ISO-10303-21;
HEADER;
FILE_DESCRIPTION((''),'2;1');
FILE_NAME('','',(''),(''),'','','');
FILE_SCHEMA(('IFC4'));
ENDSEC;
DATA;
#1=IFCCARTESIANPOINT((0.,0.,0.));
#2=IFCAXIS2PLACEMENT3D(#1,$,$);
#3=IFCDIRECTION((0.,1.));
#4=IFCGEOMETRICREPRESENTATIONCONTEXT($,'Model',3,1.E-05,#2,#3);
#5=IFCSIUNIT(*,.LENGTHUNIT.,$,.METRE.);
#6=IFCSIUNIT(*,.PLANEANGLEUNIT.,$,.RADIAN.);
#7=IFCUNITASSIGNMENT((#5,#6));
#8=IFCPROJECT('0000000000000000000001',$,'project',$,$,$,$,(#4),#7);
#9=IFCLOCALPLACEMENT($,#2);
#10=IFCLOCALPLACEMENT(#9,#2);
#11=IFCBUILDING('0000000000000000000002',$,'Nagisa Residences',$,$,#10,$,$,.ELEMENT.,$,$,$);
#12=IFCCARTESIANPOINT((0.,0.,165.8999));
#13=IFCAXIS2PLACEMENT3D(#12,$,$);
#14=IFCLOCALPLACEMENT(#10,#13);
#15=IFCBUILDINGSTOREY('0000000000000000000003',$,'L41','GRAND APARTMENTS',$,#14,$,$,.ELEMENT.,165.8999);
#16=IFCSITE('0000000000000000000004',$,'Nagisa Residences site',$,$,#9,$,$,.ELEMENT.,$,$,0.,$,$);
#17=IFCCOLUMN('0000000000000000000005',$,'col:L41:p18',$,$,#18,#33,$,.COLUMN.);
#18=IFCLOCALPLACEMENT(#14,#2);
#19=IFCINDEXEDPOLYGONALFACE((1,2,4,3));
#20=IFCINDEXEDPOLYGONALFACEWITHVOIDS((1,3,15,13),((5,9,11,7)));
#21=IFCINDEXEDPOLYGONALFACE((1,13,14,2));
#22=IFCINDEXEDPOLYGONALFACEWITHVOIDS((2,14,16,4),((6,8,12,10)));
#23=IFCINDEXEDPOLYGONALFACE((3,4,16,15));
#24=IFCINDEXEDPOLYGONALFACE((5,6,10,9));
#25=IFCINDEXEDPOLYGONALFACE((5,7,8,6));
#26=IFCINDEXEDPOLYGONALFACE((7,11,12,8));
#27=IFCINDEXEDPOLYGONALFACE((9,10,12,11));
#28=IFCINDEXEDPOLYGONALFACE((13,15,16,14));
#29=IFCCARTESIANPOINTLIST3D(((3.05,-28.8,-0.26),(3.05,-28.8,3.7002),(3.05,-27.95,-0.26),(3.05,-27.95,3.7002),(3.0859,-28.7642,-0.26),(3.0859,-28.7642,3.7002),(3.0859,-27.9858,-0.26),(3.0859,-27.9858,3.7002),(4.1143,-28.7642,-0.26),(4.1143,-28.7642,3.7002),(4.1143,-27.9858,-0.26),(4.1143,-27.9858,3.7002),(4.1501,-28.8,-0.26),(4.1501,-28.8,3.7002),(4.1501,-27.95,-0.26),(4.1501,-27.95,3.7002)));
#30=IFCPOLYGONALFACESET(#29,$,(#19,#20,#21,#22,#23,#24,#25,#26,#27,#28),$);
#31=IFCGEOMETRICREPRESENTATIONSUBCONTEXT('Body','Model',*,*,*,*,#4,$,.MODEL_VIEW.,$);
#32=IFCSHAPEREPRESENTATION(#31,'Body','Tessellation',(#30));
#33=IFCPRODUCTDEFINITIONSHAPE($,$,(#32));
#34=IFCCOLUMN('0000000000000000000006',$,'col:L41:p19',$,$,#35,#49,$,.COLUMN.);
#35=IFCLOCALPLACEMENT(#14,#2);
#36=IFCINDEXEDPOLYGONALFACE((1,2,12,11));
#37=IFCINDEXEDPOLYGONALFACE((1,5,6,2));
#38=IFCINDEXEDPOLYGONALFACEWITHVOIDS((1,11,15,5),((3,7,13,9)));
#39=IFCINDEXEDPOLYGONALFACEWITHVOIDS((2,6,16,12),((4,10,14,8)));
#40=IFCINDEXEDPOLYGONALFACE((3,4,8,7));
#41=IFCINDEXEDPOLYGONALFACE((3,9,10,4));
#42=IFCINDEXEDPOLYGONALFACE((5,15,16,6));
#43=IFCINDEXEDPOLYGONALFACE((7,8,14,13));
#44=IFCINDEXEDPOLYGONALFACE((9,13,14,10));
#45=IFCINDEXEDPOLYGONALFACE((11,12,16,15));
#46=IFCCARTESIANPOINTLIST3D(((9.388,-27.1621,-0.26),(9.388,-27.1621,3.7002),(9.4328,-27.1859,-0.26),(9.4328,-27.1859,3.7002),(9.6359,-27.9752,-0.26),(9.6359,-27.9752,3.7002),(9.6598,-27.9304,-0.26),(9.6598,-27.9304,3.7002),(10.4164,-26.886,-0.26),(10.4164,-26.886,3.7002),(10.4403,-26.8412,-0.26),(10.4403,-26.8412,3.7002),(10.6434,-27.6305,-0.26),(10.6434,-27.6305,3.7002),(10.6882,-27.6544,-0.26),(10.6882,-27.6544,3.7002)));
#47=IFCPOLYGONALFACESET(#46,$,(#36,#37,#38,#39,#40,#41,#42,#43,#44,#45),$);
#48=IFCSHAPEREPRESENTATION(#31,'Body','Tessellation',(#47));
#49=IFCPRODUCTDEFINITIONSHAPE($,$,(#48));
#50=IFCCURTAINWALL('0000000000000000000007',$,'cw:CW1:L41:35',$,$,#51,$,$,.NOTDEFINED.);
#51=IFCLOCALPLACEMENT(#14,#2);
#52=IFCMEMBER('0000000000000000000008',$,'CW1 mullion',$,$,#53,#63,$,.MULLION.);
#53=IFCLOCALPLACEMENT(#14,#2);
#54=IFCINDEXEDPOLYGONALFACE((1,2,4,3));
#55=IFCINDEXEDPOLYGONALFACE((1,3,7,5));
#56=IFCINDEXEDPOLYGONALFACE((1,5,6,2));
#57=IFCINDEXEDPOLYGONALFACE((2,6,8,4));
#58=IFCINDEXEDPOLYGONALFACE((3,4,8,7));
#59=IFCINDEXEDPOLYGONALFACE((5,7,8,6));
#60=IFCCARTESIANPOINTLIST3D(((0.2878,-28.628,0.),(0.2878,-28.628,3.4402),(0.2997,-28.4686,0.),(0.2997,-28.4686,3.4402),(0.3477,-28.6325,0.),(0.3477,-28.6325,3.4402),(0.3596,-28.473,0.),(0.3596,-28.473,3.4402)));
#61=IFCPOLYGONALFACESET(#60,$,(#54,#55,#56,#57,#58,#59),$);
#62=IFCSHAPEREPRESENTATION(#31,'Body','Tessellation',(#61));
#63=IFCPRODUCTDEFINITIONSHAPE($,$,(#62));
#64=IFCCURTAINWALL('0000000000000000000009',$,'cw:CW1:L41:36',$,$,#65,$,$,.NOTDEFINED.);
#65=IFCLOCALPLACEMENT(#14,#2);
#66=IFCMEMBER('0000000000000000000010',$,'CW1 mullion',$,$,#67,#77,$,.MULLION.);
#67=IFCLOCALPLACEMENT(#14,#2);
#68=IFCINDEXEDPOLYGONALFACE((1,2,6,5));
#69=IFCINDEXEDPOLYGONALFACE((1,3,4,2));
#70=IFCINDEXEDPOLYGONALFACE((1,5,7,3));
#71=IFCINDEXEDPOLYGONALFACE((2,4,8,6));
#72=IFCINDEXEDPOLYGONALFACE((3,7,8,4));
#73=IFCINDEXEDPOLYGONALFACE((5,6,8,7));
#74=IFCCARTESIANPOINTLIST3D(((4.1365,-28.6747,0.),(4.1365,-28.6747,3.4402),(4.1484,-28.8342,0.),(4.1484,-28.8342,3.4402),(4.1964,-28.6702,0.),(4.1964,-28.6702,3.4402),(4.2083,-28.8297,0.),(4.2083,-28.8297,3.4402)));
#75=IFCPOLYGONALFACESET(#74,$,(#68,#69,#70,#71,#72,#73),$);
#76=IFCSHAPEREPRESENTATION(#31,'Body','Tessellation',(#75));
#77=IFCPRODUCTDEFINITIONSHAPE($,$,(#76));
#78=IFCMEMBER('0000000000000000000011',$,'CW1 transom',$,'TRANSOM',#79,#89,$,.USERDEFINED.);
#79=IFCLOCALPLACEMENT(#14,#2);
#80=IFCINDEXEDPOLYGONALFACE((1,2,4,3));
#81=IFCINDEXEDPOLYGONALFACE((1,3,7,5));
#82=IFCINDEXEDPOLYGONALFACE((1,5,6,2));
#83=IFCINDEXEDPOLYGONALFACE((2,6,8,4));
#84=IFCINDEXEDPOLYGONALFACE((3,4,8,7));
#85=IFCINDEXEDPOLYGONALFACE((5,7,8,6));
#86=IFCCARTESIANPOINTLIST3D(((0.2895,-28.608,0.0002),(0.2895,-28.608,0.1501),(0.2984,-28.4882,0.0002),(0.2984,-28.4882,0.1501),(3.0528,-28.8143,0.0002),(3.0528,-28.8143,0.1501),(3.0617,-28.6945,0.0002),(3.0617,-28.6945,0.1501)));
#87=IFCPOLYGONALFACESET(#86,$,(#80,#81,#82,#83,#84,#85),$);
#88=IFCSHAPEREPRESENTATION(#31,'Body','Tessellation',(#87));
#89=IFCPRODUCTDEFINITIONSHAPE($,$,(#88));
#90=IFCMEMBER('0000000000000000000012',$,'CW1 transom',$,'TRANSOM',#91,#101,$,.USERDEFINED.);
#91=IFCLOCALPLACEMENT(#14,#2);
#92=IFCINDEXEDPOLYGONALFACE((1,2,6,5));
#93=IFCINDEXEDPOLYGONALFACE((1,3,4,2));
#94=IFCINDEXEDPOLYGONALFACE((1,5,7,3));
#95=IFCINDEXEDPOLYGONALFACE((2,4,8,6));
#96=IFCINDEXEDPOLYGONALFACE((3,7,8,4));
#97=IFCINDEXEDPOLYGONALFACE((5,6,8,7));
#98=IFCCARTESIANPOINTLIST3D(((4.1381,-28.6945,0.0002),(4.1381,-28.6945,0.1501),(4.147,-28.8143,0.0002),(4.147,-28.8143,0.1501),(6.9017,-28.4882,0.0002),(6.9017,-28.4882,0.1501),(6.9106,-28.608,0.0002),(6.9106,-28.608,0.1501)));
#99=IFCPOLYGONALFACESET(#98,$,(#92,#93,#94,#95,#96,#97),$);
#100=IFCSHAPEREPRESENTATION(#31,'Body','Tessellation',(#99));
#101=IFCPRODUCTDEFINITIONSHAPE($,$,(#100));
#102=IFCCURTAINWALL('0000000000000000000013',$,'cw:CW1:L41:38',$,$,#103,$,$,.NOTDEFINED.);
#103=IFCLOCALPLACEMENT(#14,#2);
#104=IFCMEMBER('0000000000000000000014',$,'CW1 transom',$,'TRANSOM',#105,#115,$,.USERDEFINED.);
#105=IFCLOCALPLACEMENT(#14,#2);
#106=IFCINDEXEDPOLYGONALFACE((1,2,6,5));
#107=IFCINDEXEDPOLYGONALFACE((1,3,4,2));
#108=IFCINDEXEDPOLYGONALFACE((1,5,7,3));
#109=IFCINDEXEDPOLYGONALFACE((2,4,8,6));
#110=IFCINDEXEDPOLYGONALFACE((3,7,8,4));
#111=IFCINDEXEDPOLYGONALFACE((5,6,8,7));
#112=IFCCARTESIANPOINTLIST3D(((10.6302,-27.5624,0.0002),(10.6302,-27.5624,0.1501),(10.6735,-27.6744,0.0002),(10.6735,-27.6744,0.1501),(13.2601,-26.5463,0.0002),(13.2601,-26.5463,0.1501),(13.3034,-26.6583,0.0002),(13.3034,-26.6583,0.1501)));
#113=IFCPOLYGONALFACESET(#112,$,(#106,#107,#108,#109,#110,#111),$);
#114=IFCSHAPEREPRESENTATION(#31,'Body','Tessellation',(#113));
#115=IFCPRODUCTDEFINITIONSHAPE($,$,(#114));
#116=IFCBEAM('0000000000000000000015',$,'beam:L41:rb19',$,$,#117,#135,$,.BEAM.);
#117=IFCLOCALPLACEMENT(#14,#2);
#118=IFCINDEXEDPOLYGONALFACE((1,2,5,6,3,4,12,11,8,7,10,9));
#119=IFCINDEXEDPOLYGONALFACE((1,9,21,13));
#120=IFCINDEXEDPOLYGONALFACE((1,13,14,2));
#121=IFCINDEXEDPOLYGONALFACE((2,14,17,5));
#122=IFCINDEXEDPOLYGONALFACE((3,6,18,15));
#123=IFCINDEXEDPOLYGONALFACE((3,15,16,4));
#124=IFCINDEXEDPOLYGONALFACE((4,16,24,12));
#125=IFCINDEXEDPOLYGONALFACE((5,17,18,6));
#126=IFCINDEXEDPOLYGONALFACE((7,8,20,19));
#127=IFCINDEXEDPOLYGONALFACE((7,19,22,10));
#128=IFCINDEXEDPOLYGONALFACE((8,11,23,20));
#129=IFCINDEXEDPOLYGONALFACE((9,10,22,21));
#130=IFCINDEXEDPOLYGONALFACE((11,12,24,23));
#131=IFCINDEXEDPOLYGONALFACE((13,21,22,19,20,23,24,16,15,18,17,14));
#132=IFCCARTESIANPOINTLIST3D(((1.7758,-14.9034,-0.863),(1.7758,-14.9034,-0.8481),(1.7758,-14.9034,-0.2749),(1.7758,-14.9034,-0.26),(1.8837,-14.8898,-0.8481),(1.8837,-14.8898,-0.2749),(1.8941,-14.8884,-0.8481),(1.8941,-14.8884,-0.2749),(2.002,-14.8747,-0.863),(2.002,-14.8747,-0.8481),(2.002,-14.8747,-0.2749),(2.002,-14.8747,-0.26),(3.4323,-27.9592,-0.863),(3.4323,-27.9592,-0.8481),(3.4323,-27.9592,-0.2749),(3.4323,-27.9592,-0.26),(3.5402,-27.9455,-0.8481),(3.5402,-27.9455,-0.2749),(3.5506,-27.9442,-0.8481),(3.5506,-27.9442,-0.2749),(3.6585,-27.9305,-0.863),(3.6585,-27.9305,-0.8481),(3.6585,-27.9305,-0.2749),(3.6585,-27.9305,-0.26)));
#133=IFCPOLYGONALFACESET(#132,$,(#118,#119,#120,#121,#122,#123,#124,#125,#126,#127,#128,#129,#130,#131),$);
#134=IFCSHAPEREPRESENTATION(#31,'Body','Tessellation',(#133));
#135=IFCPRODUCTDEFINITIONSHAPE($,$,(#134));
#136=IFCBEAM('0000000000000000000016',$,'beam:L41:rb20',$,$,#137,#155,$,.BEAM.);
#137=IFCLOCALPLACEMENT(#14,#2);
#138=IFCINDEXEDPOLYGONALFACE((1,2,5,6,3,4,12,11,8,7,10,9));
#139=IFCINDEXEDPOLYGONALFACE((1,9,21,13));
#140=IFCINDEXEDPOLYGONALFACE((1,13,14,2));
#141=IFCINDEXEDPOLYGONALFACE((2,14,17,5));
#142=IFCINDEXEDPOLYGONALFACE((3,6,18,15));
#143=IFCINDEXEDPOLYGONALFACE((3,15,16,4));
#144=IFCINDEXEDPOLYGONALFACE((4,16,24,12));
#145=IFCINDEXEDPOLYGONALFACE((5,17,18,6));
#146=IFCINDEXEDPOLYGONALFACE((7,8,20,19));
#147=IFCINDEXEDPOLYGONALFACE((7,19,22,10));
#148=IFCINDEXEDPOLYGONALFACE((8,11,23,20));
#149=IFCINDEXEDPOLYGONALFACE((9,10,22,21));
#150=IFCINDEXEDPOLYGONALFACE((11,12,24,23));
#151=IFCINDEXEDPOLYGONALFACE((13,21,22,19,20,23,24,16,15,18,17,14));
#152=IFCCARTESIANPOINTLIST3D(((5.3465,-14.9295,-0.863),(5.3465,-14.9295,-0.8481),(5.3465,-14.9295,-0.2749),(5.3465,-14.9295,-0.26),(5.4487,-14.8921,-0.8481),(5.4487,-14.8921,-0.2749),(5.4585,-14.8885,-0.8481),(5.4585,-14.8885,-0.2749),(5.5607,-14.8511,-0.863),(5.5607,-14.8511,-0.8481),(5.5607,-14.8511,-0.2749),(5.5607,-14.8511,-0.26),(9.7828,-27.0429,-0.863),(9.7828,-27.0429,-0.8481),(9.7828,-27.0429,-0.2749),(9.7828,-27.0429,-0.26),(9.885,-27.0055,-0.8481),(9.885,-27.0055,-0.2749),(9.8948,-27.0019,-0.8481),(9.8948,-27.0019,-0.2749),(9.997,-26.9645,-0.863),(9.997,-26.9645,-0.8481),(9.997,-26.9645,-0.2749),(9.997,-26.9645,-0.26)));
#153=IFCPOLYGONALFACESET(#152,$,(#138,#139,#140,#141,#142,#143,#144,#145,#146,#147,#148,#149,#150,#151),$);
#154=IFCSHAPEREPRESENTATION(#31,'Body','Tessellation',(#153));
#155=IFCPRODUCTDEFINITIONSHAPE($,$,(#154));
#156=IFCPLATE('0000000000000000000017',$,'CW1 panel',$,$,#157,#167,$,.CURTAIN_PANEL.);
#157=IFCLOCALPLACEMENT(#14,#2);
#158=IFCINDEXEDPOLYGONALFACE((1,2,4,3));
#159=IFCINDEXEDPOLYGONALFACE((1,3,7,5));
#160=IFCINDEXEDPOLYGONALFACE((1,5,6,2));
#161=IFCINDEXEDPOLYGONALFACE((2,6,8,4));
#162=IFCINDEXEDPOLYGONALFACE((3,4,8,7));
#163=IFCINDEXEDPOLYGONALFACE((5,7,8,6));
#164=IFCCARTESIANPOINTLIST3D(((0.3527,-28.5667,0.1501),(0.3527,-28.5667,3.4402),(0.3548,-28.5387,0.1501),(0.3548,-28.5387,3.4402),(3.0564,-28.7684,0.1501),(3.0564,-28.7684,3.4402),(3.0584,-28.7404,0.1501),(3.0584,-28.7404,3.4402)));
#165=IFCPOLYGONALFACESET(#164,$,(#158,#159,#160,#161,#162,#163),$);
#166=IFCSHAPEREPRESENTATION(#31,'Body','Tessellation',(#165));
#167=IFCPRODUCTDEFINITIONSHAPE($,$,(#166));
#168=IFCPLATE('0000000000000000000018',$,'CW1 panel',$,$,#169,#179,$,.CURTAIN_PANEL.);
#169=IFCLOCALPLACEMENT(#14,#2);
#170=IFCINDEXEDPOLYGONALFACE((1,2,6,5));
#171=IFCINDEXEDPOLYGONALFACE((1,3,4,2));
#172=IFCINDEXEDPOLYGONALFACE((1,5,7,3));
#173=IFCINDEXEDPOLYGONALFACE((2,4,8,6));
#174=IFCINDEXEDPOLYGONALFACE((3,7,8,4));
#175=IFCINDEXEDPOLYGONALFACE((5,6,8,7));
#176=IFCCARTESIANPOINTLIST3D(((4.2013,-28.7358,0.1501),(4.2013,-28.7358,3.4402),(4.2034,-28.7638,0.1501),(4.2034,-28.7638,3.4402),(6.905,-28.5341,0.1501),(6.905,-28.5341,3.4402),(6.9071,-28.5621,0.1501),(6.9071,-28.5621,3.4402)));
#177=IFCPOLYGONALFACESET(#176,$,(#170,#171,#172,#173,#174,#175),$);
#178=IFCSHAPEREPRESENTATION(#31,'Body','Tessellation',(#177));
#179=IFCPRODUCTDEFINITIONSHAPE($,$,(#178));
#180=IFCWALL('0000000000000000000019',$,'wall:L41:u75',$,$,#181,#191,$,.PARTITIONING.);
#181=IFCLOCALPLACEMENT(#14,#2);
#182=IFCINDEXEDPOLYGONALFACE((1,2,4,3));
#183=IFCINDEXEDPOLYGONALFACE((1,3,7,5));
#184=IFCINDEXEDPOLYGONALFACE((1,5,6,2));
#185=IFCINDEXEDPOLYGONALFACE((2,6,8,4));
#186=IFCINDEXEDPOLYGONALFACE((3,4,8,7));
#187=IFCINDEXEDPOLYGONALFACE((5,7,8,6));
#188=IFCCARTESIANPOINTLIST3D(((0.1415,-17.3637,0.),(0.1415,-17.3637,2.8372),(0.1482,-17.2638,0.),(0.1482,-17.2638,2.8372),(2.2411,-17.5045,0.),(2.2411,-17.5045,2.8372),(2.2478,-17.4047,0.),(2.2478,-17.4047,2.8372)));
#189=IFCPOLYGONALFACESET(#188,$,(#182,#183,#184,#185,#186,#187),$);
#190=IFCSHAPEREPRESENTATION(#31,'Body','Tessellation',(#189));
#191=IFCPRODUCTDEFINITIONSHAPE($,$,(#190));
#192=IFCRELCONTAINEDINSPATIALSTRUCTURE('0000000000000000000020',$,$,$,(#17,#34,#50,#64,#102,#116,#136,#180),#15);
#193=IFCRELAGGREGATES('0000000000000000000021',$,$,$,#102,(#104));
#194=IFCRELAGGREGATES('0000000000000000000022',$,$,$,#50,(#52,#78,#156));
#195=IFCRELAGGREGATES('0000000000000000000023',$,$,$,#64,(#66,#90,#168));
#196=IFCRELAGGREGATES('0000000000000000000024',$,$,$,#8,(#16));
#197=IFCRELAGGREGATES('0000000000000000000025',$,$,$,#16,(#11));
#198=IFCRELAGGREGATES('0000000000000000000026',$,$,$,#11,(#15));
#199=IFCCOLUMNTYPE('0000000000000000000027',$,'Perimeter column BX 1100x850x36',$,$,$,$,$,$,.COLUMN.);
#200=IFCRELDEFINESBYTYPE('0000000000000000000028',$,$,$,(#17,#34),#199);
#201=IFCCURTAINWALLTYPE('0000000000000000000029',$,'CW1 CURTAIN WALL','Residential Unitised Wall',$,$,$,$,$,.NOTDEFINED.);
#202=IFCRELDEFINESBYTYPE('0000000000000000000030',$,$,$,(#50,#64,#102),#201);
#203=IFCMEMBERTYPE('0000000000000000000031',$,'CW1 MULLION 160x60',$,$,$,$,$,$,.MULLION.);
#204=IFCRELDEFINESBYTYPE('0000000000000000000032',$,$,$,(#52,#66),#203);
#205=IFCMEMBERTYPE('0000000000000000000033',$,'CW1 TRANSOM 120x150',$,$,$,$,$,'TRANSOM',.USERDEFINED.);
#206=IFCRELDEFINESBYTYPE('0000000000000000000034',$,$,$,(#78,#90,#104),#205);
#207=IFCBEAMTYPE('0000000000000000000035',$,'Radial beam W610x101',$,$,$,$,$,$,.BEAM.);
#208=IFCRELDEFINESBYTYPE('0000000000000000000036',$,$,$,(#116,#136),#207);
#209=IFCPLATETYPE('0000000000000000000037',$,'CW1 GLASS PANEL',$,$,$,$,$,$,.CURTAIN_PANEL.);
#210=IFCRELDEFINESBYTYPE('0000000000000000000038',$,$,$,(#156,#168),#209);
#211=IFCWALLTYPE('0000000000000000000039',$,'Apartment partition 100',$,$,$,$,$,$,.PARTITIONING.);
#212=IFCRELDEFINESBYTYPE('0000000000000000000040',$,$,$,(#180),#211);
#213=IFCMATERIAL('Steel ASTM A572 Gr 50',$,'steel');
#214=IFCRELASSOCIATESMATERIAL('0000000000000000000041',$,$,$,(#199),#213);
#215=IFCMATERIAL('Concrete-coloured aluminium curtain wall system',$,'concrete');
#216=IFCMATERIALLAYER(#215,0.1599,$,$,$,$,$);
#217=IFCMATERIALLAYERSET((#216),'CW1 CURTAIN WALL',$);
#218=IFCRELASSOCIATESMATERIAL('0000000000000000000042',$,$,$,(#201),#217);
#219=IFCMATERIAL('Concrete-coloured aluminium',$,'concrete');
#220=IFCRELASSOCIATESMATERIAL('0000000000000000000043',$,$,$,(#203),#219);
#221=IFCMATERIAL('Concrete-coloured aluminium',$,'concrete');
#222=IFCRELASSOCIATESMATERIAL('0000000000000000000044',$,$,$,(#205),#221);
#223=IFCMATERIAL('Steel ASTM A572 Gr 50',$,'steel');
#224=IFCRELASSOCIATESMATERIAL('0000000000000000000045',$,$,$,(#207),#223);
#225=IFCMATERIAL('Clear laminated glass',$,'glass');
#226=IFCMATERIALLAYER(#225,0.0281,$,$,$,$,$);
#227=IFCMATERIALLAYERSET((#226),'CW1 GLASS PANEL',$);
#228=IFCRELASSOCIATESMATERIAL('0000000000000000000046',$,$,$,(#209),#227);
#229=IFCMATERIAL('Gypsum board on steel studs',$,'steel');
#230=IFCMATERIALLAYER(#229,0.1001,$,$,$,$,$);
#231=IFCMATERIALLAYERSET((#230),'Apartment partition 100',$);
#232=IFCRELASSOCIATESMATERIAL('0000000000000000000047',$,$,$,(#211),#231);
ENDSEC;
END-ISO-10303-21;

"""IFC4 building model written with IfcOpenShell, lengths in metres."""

from ifc_helpers import new_model, si_unit, direction, frame, frame_2d, origin, origin_2d, place, context, subcontext, project, spatial, rectangle, hollow_rectangle, i_section, extrude, material, layer, layer_set, material_profile, profile_set, type_object, element, aggregate, save


model = new_model("IFC4")

# Units and contexts
model_context = context("Model", 3, precision=1e-05, world=origin(), true_north=direction((0.0, 1.0)))
body_context = subcontext(model_context, "Body", "Model", "MODEL_VIEW")
ifc_project = project(units=[si_unit("LENGTHUNIT", "METRE"), si_unit("PLANEANGLEUNIT", "RADIAN")], contexts=[model_context])

# Site, building, storey
site_placement = place(None, origin())
site = spatial("IfcSite", under=ifc_project, at=site_placement, Name="Nagisa Residences site", CompositionType="ELEMENT", RefElevation=0.0)
building_placement = place(site_placement, origin())
building = spatial("IfcBuilding", under=site, at=building_placement, Name="Nagisa Residences", CompositionType="ELEMENT")
storey_placement = place(building_placement, frame((0.0, 0.0, 165.8999)))
storey = spatial("IfcBuildingStorey", under=building, at=storey_placement, Name="L41", Description="GRAND APARTMENTS", CompositionType="ELEMENT", Elevation=165.8999)

# Columns
ifc_material_1 = material(Name="Steel ASTM A572 Gr 50", Category="steel")
ifc_material_profile_1 = material_profile(ifc_material_1, hollow_rectangle(XDim=1.1001, YDim=0.8501, WallThickness=0.0359, at=origin_2d()), Name="BX 1100x850x36")
ifc_profile_set_1 = profile_set([ifc_material_profile_1], Name="Steel ASTM A572 Gr 50")
column_type = type_object("IfcColumnType", Name="Perimeter column BX 1100x850x36", PredefinedType="COLUMN", material=ifc_profile_set_1)
for number, where, z_axis, x_axis, name in (
    (1, (3.6001, -28.375, -0.26), (0.0, 0.0, 1.0), (1.0, 0.0, 0.0), "col:L41:p18"),
    (2, (10.0381, -27.4082, -0.26), (0.0, 0.0, 1.0), (0.956525, 0.291652, 0.0), "col:L41:p19"),
):
    element("IfcColumn", number, at=place(storey_placement, frame(where, z_axis=z_axis, x_axis=x_axis)), inside=storey, type_object=column_type, Name=name, PredefinedType="COLUMN", context=body_context, shape_type="SweptSolid", body=[
        extrude(hollow_rectangle(XDim=1.1001, YDim=0.8501, WallThickness=0.0359, at=origin_2d()), origin(), (0.0, 0.0, 1.0), 3.9602),
    ])

# Curtain walls, members
ifc_material_2 = material(Name="Concrete-coloured aluminium curtain wall system", Category="concrete")
ifc_layer_1 = layer(ifc_material_2, 0.1599)
ifc_layer_set_1 = layer_set([ifc_layer_1], Name="CW1 CURTAIN WALL")
curtain_wall_type = type_object("IfcCurtainWallType", Name="CW1 CURTAIN WALL", Description="Residential Unitised Wall", PredefinedType="NOTDEFINED", material=ifc_layer_set_1)
curtain_wall_1_placement = place(storey_placement, origin())
curtain_wall_1 = element("IfcCurtainWall", 3, at=curtain_wall_1_placement, inside=storey, type_object=curtain_wall_type, Name="cw:CW1:L41:35", PredefinedType="NOTDEFINED")
ifc_material_3 = material(Name="Concrete-coloured aluminium", Category="concrete")
ifc_material_profile_2 = material_profile(ifc_material_3, rectangle(XDim=0.1599, YDim=0.0601, at=origin_2d()), Name="CW1 MULLION 160x60")
ifc_profile_set_2 = profile_set([ifc_material_profile_2], Name="Concrete-coloured aluminium")
member_type_1 = type_object("IfcMemberType", Name="CW1 MULLION 160x60", PredefinedType="MULLION", material=ifc_profile_set_2)
member_1_placement = place(storey_placement, frame((0.3237, -28.5505, 0.0), z_axis=(0.0, 0.0, 1.0), x_axis=(0.074377, 0.99723, 0.0)))
member_1 = element("IfcMember", 4, at=member_1_placement, type_object=member_type_1, Name="CW1 mullion", PredefinedType="MULLION", context=body_context, shape_type="SweptSolid", body=[
    extrude(rectangle(XDim=0.1599, YDim=0.0601, at=origin_2d()), origin(), (0.0, 0.0, 1.0), 3.4402),
])
curtain_wall_2_placement = place(storey_placement, origin())
curtain_wall_2 = element("IfcCurtainWall", 5, at=curtain_wall_2_placement, inside=storey, type_object=curtain_wall_type, Name="cw:CW1:L41:36", PredefinedType="NOTDEFINED")
member_2_placement = place(storey_placement, frame((4.1724, -28.7522, 0.0), z_axis=(0.0, 0.0, 1.0), x_axis=(-0.074377, 0.99723, 0.0)))
member_2 = element("IfcMember", 6, at=member_2_placement, type_object=member_type_1, Name="CW1 mullion", PredefinedType="MULLION", context=body_context, shape_type="SweptSolid", body=[
    extrude(rectangle(XDim=0.1599, YDim=0.0601, at=origin_2d()), origin(), (0.0, 0.0, 1.0), 3.4402),
])

# Members
ifc_material_4 = material(Name="Concrete-coloured aluminium", Category="concrete")
ifc_material_profile_3 = material_profile(ifc_material_4, rectangle(XDim=0.1201, YDim=0.1499, at=origin_2d()), Name="CW1 TRANSOM 120x150")
ifc_profile_set_3 = profile_set([ifc_material_profile_3], Name="Concrete-coloured aluminium")
member_type_2 = type_object("IfcMemberType", Name="CW1 TRANSOM 120x150", ElementType="TRANSOM", PredefinedType="USERDEFINED", material=ifc_profile_set_3)
member_3_placement = place(storey_placement, frame((0.2939, -28.5481, 0.0752), z_axis=(0.997225, -0.074446, 0.0), x_axis=(0.074446, 0.997225, 0.0)))
member_3 = element("IfcMember", 7, at=member_3_placement, type_object=member_type_2, Name="CW1 transom", ObjectType="TRANSOM", PredefinedType="USERDEFINED", context=body_context, shape_type="SweptSolid", body=[
    extrude(rectangle(XDim=0.1201, YDim=0.1499, at=origin_2d()), origin(), (0.0, 0.0, 1.0), 2.771),
])
member_4_placement = place(storey_placement, frame((4.1426, -28.7544, 0.0752), z_axis=(0.997226, 0.07444, 0.0), x_axis=(-0.07444, 0.997226, 0.0)))
member_4 = element("IfcMember", 8, at=member_4_placement, type_object=member_type_2, Name="CW1 transom", ObjectType="TRANSOM", PredefinedType="USERDEFINED", context=body_context, shape_type="SweptSolid", body=[
    extrude(rectangle(XDim=0.1201, YDim=0.1499, at=origin_2d()), origin(), (0.0, 0.0, 1.0), 2.7712),
])

# Curtain wall, member
curtain_wall_3_placement = place(storey_placement, origin())
curtain_wall_3 = element("IfcCurtainWall", 9, at=curtain_wall_3_placement, inside=storey, type_object=curtain_wall_type, Name="cw:CW1:L41:38", PredefinedType="NOTDEFINED")
member_5_placement = place(storey_placement, frame((10.6519, -27.6184, 0.0752), z_axis=(0.932795, 0.360406, 0.0), x_axis=(-0.360406, 0.932795, 0.0)))
member_5 = element("IfcMember", 10, at=member_5_placement, type_object=member_type_2, Name="CW1 transom", ObjectType="TRANSOM", PredefinedType="USERDEFINED", context=body_context, shape_type="SweptSolid", body=[
    extrude(rectangle(XDim=0.1201, YDim=0.1499, at=origin_2d()), origin(), (0.0, 0.0, 1.0), 2.8193),
])
aggregate(curtain_wall_3, [member_5])

# Beams
ifc_material_5 = material(Name="Steel ASTM A572 Gr 50", Category="steel")
ifc_material_profile_4 = material_profile(ifc_material_5, i_section(OverallWidth=0.228, OverallDepth=0.603, WebThickness=0.0105, FlangeThickness=0.0149, at=origin_2d()), Name="W610x101")
ifc_profile_set_4 = profile_set([ifc_material_profile_4], Name="Steel ASTM A572 Gr 50")
beam_type = type_object("IfcBeamType", Name="Radial beam W610x101", PredefinedType="BEAM", material=ifc_profile_set_4)
beam_1_placement = place(storey_placement, frame((3.5454, -27.9448, -0.5615), z_axis=(-0.12587, 0.992047, 0.0), x_axis=(-0.992047, -0.12587, 0.0)))
element("IfcBeam", 11, at=beam_1_placement, inside=storey, type_object=beam_type, Name="beam:L41:rb19", PredefinedType="BEAM", context=body_context, shape_type="SweptSolid", body=[
    extrude(i_section(OverallWidth=0.228, OverallDepth=0.603, WebThickness=0.0105, FlangeThickness=0.0149, at=origin_2d()), origin(), (0.0, 0.0, 1.0), 13.1604),
])
beam_2_placement = place(storey_placement, frame((9.8899, -27.0037, -0.5615), z_axis=(-0.343895, 0.939008, 0.0), x_axis=(-0.939008, -0.343895, 0.0)))
element("IfcBeam", 12, at=beam_2_placement, inside=storey, type_object=beam_type, Name="beam:L41:rb20", PredefinedType="BEAM", context=body_context, shape_type="SweptSolid", body=[
    extrude(i_section(OverallWidth=0.228, OverallDepth=0.603, WebThickness=0.0105, FlangeThickness=0.0149, at=origin_2d()), origin(), (0.0, 0.0, 1.0), 12.9001),
])

# Plates
ifc_material_6 = material(Name="Clear laminated glass", Category="glass")
ifc_layer_2 = layer(ifc_material_6, 0.0281)
ifc_layer_set_2 = layer_set([ifc_layer_2], Name="CW1 GLASS PANEL")
plate_type = type_object("IfcPlateType", Name="CW1 GLASS PANEL", PredefinedType="CURTAIN_PANEL", material=ifc_layer_set_2)
plate_1_placement = place(storey_placement, frame((1.7056, -28.6536, 0.1501), z_axis=(0.0, 0.0, 1.0), x_axis=(0.99723, -0.074377, 0.0)))
plate_1 = element("IfcPlate", 13, at=plate_1_placement, type_object=plate_type, Name="CW1 panel", PredefinedType="CURTAIN_PANEL", context=body_context, shape_type="SweptSolid", body=[
    extrude(rectangle(XDim=2.7112, YDim=0.0281, at=origin_2d()), origin(), (0.0, 0.0, 1.0), 3.29),
])
aggregate(curtain_wall_1, [member_1, member_3, plate_1])
plate_2_placement = place(storey_placement, frame((5.5542, -28.6489, 0.1501), z_axis=(0.0, 0.0, 1.0), x_axis=(0.99723, 0.074377, 0.0)))
plate_2 = element("IfcPlate", 14, at=plate_2_placement, type_object=plate_type, Name="CW1 panel", PredefinedType="CURTAIN_PANEL", context=body_context, shape_type="SweptSolid", body=[
    extrude(rectangle(XDim=2.7112, YDim=0.0281, at=origin_2d()), origin(), (0.0, 0.0, 1.0), 3.29),
])
aggregate(curtain_wall_2, [member_2, member_4, plate_2])

# Wall
ifc_material_7 = material(Name="Gypsum board on steel studs", Category="steel")
ifc_layer_3 = layer(ifc_material_7, 0.1001)
ifc_layer_set_3 = layer_set([ifc_layer_3], Name="Apartment partition 100")
wall_type_1 = type_object("IfcWallType", Name="Apartment partition 100", PredefinedType="PARTITIONING", material=ifc_layer_set_3)
wall_1_placement = place(storey_placement, frame((0.1448, -17.3137, 0.0), z_axis=(0.0, 0.0, 1.0), x_axis=(0.997757, -0.066943, 0.0)))
element("IfcWall", 15, at=wall_1_placement, inside=storey, type_object=wall_type_1, Name="wall:L41:u75", PredefinedType="PARTITIONING", context=body_context, shape_type="SweptSolid", body=[
    extrude(rectangle(XDim=2.1042, YDim=0.1001, at=frame_2d((1.0522, 0.0))), origin(), (0.0, 0.0, 1.0), 2.8372),
])

save(model, "model.ifc")
